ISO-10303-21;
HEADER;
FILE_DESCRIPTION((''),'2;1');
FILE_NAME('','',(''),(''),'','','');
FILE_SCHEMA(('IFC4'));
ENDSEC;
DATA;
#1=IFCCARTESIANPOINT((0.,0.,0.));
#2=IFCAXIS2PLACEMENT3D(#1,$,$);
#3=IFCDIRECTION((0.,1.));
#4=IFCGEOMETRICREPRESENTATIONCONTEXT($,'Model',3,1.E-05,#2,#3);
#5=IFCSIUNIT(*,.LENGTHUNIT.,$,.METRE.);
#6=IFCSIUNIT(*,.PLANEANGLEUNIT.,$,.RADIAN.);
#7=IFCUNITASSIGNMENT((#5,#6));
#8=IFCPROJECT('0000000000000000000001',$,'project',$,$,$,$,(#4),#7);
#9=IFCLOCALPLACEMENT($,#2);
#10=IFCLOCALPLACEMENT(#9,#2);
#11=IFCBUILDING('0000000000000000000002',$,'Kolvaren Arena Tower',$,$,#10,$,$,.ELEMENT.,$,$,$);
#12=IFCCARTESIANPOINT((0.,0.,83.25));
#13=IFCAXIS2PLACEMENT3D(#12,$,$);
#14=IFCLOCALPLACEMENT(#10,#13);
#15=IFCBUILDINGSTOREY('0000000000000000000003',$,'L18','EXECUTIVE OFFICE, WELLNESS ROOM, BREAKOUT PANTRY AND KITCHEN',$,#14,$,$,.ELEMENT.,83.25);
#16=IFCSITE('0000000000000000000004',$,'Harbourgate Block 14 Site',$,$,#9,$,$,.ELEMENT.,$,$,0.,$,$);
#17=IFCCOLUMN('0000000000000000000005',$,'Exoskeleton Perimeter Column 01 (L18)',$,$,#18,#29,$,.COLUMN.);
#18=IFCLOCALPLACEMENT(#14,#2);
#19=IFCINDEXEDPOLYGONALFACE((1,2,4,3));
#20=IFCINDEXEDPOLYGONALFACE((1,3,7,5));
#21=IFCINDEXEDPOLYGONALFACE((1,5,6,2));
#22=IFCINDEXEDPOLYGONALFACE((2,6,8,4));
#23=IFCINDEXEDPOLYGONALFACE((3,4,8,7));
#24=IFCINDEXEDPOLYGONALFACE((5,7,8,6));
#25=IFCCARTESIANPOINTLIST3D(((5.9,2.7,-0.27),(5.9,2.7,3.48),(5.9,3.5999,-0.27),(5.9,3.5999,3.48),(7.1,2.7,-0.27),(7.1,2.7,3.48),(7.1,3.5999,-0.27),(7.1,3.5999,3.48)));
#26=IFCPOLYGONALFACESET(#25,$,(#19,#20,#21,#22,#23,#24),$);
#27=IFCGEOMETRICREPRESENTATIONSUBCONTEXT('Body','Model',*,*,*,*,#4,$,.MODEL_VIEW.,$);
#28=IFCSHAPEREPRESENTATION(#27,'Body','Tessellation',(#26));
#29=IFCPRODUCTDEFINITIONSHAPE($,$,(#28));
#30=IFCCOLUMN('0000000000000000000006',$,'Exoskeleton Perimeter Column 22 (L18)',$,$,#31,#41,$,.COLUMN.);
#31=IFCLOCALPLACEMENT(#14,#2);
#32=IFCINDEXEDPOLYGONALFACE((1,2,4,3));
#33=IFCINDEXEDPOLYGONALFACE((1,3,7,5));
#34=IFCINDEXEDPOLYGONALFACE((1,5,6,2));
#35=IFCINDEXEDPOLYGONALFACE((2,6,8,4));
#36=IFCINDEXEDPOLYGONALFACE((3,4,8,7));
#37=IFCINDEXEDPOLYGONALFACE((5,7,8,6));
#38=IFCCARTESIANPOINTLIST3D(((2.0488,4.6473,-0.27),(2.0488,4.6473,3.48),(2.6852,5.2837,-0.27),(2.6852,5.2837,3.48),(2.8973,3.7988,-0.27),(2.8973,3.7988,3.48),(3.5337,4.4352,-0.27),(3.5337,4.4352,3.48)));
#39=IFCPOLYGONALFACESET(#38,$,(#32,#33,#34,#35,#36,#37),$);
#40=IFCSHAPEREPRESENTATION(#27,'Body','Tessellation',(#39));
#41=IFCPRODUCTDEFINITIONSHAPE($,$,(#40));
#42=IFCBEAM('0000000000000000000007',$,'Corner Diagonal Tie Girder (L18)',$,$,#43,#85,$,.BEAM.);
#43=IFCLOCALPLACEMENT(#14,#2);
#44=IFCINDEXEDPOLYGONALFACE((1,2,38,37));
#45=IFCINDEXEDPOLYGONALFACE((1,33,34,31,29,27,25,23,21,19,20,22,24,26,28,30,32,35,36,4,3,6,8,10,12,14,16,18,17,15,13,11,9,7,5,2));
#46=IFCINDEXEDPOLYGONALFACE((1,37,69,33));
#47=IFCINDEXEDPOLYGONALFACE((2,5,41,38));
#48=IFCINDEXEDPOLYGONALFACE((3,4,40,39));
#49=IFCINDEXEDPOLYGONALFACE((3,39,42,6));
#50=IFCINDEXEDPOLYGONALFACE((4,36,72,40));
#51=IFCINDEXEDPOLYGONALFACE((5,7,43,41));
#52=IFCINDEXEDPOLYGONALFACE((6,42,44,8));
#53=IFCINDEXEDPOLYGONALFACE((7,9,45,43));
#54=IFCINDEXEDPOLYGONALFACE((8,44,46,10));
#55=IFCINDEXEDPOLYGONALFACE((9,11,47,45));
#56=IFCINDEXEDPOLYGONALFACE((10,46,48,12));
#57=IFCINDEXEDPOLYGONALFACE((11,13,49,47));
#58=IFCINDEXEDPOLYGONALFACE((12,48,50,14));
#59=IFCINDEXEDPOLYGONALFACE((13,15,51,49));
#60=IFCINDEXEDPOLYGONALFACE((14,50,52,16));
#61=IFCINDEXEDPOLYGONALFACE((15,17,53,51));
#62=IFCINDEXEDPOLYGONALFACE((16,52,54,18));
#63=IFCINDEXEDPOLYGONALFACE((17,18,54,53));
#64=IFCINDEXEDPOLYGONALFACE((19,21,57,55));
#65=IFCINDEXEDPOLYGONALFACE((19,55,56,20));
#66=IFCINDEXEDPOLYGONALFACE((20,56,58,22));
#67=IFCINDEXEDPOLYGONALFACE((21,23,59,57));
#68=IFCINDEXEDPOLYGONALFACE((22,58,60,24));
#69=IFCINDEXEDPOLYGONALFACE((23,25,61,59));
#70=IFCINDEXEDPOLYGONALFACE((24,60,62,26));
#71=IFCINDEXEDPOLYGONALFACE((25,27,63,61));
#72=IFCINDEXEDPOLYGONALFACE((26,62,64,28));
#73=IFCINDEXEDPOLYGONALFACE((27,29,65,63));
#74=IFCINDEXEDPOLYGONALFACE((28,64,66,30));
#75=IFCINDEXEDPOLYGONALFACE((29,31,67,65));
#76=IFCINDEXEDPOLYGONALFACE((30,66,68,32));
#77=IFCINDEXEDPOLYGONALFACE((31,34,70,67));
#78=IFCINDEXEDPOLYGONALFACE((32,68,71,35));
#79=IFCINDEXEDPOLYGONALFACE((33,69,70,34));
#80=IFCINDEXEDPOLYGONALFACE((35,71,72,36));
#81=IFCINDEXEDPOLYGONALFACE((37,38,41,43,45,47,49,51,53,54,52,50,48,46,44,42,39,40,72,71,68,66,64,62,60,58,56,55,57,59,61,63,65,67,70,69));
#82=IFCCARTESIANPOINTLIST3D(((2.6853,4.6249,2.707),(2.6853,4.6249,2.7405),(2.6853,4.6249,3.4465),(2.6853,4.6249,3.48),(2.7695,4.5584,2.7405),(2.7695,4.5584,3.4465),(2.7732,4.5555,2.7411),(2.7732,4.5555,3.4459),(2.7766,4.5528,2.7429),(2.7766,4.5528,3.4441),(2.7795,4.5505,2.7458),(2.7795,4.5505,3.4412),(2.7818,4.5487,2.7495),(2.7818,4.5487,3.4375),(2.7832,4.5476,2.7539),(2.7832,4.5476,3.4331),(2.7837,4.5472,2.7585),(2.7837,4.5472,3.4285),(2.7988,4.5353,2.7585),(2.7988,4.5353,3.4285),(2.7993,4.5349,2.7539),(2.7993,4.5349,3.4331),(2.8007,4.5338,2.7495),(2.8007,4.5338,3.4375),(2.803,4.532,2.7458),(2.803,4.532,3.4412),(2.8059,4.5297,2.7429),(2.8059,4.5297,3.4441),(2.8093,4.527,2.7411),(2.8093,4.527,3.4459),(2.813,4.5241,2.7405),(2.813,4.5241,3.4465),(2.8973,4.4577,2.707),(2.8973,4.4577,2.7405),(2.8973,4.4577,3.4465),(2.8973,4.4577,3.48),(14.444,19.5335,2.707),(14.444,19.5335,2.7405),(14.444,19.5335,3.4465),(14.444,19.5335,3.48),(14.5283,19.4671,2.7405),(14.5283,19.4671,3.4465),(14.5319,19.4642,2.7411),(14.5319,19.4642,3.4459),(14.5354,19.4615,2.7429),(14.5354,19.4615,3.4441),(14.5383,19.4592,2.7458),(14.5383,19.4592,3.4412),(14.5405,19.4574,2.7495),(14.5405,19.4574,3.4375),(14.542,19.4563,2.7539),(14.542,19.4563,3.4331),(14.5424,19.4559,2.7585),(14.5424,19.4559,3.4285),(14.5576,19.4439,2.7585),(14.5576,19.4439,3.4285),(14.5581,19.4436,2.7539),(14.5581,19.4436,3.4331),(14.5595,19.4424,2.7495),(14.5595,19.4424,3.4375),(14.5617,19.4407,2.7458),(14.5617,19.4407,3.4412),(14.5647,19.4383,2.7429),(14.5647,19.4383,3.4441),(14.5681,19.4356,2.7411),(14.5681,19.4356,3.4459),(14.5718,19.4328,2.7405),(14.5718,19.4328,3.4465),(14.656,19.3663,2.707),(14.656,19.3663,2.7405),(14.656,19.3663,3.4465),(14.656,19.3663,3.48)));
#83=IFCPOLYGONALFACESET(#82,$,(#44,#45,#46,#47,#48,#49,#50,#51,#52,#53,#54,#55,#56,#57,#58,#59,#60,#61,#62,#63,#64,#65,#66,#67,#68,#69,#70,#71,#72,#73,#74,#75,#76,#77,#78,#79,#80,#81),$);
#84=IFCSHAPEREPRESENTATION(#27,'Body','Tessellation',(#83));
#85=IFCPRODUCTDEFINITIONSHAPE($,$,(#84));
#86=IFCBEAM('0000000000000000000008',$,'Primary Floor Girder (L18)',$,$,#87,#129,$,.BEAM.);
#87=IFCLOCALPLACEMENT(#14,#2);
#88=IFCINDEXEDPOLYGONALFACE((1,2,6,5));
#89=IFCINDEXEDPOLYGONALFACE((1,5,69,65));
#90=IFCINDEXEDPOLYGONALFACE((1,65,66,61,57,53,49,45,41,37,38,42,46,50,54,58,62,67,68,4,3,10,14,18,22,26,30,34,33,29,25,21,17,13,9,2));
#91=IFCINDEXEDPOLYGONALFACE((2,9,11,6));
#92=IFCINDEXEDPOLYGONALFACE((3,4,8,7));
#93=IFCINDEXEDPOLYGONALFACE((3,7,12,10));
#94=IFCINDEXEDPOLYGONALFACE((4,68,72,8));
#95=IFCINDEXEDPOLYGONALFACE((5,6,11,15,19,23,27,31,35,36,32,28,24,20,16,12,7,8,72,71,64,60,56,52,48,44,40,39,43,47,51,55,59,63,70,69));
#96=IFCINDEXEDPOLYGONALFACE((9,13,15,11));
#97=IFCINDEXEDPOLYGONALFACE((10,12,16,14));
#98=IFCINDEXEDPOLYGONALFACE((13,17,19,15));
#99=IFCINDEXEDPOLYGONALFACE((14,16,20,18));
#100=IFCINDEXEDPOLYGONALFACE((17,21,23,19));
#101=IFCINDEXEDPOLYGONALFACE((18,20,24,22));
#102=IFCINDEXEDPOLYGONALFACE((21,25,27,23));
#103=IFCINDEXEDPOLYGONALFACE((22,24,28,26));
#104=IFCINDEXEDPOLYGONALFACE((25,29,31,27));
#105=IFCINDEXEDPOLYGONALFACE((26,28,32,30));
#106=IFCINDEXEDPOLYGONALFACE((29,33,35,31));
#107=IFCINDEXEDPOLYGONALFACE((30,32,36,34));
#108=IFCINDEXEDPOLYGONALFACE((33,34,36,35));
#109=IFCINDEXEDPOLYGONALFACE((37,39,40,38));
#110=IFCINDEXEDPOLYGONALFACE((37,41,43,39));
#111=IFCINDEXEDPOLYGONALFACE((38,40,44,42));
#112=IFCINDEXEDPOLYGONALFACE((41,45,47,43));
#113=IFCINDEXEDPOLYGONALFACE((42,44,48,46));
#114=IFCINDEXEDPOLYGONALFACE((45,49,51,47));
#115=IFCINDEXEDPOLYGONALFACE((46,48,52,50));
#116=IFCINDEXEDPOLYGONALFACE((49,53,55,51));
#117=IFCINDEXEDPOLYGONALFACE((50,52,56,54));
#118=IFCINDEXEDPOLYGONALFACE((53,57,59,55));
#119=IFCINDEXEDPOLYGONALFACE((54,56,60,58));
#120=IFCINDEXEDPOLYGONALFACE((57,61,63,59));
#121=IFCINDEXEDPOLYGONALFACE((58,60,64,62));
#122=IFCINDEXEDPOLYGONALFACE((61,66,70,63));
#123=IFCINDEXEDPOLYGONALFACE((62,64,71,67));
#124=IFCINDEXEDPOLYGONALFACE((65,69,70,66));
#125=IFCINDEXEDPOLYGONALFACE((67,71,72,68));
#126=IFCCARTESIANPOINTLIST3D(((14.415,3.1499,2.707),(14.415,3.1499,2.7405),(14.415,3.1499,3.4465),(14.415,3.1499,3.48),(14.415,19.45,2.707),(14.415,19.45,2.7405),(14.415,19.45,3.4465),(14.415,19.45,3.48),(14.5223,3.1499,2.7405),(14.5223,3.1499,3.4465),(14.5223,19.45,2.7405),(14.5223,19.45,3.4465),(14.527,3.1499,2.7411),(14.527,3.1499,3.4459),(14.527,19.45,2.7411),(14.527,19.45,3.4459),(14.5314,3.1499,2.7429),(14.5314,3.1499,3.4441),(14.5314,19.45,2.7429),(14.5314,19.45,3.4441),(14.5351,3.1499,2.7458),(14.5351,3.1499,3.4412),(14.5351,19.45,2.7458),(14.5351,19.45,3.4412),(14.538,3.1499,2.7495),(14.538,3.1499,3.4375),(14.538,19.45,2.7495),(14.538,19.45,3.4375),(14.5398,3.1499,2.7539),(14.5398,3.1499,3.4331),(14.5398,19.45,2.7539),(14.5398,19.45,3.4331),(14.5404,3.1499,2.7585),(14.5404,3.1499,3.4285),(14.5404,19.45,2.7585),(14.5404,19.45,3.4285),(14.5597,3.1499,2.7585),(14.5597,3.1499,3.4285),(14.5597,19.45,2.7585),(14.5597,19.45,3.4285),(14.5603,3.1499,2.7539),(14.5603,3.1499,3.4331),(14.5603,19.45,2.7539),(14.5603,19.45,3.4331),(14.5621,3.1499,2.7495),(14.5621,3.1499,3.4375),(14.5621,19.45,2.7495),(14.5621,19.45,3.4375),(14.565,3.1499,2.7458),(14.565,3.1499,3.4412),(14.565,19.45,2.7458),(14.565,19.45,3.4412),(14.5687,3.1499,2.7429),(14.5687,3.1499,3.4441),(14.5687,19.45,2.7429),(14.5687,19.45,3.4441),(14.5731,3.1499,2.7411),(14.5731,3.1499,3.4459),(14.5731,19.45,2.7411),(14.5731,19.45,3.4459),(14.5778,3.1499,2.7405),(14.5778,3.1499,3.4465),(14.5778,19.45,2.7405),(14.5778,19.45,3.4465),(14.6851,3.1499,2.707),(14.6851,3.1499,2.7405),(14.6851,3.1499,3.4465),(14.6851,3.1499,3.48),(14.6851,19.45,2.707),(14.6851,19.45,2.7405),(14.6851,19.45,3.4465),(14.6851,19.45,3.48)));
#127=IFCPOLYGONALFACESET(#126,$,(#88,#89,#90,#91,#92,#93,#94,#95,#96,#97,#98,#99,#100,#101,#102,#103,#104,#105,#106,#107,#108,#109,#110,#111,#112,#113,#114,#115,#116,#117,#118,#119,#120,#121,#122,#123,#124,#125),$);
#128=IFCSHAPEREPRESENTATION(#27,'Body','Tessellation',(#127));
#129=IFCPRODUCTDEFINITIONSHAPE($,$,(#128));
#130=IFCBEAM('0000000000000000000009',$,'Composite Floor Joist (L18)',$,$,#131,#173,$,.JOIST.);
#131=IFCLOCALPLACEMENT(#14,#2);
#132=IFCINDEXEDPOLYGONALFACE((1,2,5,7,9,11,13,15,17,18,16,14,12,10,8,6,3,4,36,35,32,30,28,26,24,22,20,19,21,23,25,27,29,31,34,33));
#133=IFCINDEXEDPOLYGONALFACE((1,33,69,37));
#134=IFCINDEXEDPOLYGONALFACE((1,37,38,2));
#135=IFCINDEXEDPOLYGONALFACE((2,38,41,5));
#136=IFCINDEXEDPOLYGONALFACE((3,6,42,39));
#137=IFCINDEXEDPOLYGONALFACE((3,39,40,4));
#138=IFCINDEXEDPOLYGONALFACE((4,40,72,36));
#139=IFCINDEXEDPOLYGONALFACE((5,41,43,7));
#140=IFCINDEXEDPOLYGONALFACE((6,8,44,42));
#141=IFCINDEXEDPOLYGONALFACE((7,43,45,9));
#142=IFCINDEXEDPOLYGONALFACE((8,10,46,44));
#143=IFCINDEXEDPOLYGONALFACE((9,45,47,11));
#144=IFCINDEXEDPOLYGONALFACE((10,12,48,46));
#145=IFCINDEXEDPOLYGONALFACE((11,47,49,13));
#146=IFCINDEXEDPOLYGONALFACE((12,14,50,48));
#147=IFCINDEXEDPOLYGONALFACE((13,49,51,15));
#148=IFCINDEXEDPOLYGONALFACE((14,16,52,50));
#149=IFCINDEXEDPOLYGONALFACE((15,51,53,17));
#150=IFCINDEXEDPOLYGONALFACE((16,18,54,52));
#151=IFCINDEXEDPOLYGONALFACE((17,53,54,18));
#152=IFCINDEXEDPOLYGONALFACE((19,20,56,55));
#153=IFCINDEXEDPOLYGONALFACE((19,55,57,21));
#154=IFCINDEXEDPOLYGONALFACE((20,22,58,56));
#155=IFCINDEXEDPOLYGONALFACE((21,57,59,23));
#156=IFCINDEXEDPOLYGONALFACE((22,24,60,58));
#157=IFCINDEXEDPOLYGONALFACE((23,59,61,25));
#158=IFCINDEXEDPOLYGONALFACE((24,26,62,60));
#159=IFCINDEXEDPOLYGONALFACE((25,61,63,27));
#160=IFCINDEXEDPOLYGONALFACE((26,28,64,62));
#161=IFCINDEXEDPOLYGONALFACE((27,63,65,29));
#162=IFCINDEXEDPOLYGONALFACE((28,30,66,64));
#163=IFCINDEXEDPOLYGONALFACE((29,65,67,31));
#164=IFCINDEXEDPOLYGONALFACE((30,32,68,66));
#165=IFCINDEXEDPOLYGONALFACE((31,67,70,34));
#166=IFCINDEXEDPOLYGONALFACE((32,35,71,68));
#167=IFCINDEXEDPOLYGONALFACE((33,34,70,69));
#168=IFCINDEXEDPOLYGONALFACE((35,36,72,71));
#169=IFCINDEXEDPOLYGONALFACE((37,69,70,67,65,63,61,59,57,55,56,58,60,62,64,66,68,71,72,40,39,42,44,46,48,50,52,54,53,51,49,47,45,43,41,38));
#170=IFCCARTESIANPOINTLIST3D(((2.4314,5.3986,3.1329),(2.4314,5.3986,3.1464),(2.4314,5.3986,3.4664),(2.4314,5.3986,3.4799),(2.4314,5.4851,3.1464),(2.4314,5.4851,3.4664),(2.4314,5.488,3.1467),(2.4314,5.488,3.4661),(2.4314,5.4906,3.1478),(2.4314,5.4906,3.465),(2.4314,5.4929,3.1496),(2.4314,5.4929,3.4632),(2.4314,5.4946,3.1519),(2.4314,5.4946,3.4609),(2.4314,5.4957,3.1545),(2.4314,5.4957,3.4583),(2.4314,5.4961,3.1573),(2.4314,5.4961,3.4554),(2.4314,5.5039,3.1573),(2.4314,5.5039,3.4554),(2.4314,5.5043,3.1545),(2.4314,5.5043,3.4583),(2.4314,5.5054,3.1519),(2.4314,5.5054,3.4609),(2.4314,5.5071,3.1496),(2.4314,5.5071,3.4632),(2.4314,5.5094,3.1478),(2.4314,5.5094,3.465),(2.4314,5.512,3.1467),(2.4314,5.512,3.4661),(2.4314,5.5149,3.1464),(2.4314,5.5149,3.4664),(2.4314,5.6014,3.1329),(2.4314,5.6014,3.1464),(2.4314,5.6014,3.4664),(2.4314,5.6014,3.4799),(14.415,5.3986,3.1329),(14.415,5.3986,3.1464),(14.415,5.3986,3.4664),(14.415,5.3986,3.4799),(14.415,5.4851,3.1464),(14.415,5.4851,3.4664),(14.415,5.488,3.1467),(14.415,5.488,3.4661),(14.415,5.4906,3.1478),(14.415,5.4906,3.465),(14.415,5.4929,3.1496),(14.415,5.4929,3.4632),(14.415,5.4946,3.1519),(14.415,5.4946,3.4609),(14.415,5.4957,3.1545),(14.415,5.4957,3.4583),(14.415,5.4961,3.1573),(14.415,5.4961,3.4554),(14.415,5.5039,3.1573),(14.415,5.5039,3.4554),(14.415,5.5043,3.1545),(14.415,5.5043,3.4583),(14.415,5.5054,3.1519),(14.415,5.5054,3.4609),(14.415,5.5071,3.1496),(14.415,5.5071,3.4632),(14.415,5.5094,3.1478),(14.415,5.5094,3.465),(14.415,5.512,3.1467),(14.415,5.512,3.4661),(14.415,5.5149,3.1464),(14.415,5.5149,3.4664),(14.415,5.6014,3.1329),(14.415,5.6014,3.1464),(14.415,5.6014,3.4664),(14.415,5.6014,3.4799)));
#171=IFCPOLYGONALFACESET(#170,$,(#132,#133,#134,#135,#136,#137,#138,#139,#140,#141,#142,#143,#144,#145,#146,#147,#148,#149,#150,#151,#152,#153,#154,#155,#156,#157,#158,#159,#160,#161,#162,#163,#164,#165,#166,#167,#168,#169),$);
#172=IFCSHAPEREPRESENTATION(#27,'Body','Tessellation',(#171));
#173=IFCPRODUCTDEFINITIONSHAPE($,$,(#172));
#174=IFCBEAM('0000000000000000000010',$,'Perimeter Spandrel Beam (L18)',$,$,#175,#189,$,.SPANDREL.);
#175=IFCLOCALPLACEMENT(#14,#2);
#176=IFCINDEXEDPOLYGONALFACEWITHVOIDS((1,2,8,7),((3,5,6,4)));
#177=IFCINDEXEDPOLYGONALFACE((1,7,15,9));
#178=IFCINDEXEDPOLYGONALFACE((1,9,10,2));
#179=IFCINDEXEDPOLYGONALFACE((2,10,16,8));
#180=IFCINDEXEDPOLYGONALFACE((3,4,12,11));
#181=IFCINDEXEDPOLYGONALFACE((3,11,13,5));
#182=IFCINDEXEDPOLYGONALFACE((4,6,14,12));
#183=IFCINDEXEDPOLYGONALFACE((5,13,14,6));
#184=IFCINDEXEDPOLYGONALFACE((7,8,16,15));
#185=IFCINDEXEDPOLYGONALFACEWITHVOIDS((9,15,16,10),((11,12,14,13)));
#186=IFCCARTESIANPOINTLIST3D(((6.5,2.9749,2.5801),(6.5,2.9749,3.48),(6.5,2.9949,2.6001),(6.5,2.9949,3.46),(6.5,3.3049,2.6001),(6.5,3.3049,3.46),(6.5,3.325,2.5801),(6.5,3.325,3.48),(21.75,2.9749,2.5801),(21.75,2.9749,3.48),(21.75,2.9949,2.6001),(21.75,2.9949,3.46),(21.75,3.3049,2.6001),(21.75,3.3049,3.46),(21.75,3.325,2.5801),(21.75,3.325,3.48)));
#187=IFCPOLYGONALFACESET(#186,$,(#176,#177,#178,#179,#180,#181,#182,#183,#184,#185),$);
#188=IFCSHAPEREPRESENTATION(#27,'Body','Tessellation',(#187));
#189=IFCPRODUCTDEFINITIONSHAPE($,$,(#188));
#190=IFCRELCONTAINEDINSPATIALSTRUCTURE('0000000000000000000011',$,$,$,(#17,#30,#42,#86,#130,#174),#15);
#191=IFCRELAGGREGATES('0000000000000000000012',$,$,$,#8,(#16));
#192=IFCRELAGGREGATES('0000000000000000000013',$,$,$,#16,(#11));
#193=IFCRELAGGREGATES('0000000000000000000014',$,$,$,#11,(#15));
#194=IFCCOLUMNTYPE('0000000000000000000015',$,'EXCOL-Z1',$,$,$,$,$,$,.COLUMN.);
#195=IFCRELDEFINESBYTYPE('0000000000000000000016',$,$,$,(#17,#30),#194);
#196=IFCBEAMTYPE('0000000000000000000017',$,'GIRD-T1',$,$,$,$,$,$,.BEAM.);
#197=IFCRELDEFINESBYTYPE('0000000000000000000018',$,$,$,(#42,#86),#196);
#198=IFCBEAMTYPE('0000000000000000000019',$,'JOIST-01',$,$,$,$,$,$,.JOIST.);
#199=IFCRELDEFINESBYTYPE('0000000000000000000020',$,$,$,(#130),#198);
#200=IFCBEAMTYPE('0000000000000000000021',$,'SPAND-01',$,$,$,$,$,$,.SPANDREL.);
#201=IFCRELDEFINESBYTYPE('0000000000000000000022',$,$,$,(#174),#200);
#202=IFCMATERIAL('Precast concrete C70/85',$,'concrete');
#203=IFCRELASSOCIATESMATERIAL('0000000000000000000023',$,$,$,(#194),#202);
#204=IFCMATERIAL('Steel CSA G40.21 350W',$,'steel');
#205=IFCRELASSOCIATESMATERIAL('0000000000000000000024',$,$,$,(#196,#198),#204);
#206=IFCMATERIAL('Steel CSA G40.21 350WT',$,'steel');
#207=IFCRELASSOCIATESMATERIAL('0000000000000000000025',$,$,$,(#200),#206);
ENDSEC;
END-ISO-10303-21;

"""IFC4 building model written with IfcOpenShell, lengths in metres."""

from ifc_helpers import new_model, si_unit, direction, frame, origin, origin_2d, place, context, subcontext, project, spatial, rectangle, hollow_rectangle, i_section, extrude, material, material_profile, profile_set, type_object, element, save


model = new_model("IFC4")

# Units and contexts
model_context = context("Model", 3, precision=1e-05, world=origin(), true_north=direction((0.0, 1.0)))
body_context = subcontext(model_context, "Body", "Model", "MODEL_VIEW")
ifc_project = project(units=[si_unit("LENGTHUNIT", "METRE"), si_unit("PLANEANGLEUNIT", "RADIAN")], contexts=[model_context])

# Site, building, storey
site_placement = place(None, origin())
site = spatial("IfcSite", under=ifc_project, at=site_placement, Name="Harbourgate Block 14 Site", CompositionType="ELEMENT", RefElevation=0.0)
building_placement = place(site_placement, origin())
building = spatial("IfcBuilding", under=site, at=building_placement, Name="Kolvaren Arena Tower", CompositionType="ELEMENT")
storey_placement = place(building_placement, frame((0.0, 0.0, 83.25)))
storey = spatial("IfcBuildingStorey", under=building, at=storey_placement, Name="L18", Description="EXECUTIVE OFFICE, WELLNESS ROOM, BREAKOUT PANTRY AND KITCHEN", CompositionType="ELEMENT", Elevation=83.25)

# Columns
ifc_material_1 = material(Name="Precast concrete C70/85", Category="concrete")
ifc_material_profile_1 = material_profile(ifc_material_1, rectangle(XDim=1.2, YDim=0.8999, at=origin_2d()), Name="RC-1200x900")
ifc_profile_set_1 = profile_set([ifc_material_profile_1], Name="Precast concrete C70/85")
column_type = type_object("IfcColumnType", Name="EXCOL-Z1", PredefinedType="COLUMN", material=ifc_profile_set_1)
for number, where, z_axis, x_axis, name in (
    (1, (6.5, 3.1499, -0.27), (0.0, 0.0, 1.0), (1.0, 0.0, 0.0), "Exoskeleton Perimeter Column 01 (L18)"),
    (2, (2.7913, 4.5413, -0.27), (0.0, 0.0, 1.0), (-0.707107, 0.707107, 0.0), "Exoskeleton Perimeter Column 22 (L18)"),
):
    element("IfcColumn", number, at=place(storey_placement, frame(where, z_axis=z_axis, x_axis=x_axis)), inside=storey, type_object=column_type, Name=name, PredefinedType="COLUMN", context=body_context, shape_type="SweptSolid", body=[
        extrude(rectangle(XDim=1.2, YDim=0.8999, at=origin_2d()), origin(), (0.0, 0.0, 1.0), 3.75),
    ])

# Beams
ifc_material_2 = material(Name="Steel CSA G40.21 350W", Category="steel")
ifc_material_profile_2 = material_profile(ifc_material_2, i_section(OverallWidth=0.27, OverallDepth=0.7729, WebThickness=0.0193, FlangeThickness=0.0334, FilletRadius=0.0181, at=origin_2d()), Name="W760x257")
ifc_profile_set_2 = profile_set([ifc_material_profile_2], Name="Steel CSA G40.21 350W")
beam_type_1 = type_object("IfcBeamType", Name="GIRD-T1", PredefinedType="BEAM", material=ifc_profile_set_2)
beam_1_placement = place(storey_placement, frame((2.7913, 4.5413, 3.0935), z_axis=(0.61928, 0.78517, 0.0), x_axis=(-0.78517, 0.61928, 0.0)))
element("IfcBeam", 3, at=beam_1_placement, inside=storey, type_object=beam_type_1, Name="Corner Diagonal Tie Girder (L18)", PredefinedType="BEAM", context=body_context, shape_type="SweptSolid", body=[
    extrude(i_section(OverallWidth=0.27, OverallDepth=0.7729, WebThickness=0.0193, FlangeThickness=0.0334, FilletRadius=0.0181, at=origin_2d()), origin(), (0.0, 0.0, 1.0), 18.9878),
])
beam_2_placement = place(storey_placement, frame((14.55, 3.1499, 3.0935), z_axis=(0.0, 1.0, 0.0), x_axis=(-1.0, 0.0, 0.0)))
element("IfcBeam", 4, at=beam_2_placement, inside=storey, type_object=beam_type_1, Name="Primary Floor Girder (L18)", PredefinedType="BEAM", context=body_context, shape_type="SweptSolid", body=[
    extrude(i_section(OverallWidth=0.27, OverallDepth=0.7729, WebThickness=0.0193, FlangeThickness=0.0334, FilletRadius=0.0181, at=origin_2d()), origin(), (0.0, 0.0, 1.0), 16.3),
])
ifc_material_profile_3 = material_profile(ifc_material_2, i_section(OverallWidth=0.2029, OverallDepth=0.3469, WebThickness=0.0078, FlangeThickness=0.0134, FilletRadius=0.011, at=origin_2d()), Name="W360x64")
ifc_profile_set_3 = profile_set([ifc_material_profile_3], Name="Steel CSA G40.21 350W")
beam_type_2 = type_object("IfcBeamType", Name="JOIST-01", PredefinedType="JOIST", material=ifc_profile_set_3)
beam_3_placement = place(storey_placement, frame((2.4314, 5.5, 3.3064), z_axis=(1.0, 0.0, 0.0), x_axis=(0.0, 1.0, 0.0)))
element("IfcBeam", 5, at=beam_3_placement, inside=storey, type_object=beam_type_2, Name="Composite Floor Joist (L18)", PredefinedType="JOIST", context=body_context, shape_type="SweptSolid", body=[
    extrude(i_section(OverallWidth=0.2029, OverallDepth=0.3469, WebThickness=0.0078, FlangeThickness=0.0134, FilletRadius=0.011, at=origin_2d()), origin(), (0.0, 0.0, 1.0), 11.9836),
])
ifc_material_3 = material(Name="Steel CSA G40.21 350WT", Category="steel")
ifc_material_profile_4 = material_profile(ifc_material_3, hollow_rectangle(XDim=0.3501, YDim=0.8999, WallThickness=0.02, at=origin_2d()), Name="HSS 900x350x20")
ifc_profile_set_4 = profile_set([ifc_material_profile_4], Name="Steel CSA G40.21 350WT")
beam_type_3 = type_object("IfcBeamType", Name="SPAND-01", PredefinedType="SPANDREL", material=ifc_profile_set_4)
beam_4_placement = place(storey_placement, frame((6.5, 3.1499, 3.03), z_axis=(1.0, 0.0, 0.0), x_axis=(0.0, 1.0, 0.0)))
element("IfcBeam", 6, at=beam_4_placement, inside=storey, type_object=beam_type_3, Name="Perimeter Spandrel Beam (L18)", PredefinedType="SPANDREL", context=body_context, shape_type="SweptSolid", body=[
    extrude(hollow_rectangle(XDim=0.3501, YDim=0.8999, WallThickness=0.02, at=origin_2d()), origin(), (0.0, 0.0, 1.0), 15.25),
])

save(model, "model.ifc")
